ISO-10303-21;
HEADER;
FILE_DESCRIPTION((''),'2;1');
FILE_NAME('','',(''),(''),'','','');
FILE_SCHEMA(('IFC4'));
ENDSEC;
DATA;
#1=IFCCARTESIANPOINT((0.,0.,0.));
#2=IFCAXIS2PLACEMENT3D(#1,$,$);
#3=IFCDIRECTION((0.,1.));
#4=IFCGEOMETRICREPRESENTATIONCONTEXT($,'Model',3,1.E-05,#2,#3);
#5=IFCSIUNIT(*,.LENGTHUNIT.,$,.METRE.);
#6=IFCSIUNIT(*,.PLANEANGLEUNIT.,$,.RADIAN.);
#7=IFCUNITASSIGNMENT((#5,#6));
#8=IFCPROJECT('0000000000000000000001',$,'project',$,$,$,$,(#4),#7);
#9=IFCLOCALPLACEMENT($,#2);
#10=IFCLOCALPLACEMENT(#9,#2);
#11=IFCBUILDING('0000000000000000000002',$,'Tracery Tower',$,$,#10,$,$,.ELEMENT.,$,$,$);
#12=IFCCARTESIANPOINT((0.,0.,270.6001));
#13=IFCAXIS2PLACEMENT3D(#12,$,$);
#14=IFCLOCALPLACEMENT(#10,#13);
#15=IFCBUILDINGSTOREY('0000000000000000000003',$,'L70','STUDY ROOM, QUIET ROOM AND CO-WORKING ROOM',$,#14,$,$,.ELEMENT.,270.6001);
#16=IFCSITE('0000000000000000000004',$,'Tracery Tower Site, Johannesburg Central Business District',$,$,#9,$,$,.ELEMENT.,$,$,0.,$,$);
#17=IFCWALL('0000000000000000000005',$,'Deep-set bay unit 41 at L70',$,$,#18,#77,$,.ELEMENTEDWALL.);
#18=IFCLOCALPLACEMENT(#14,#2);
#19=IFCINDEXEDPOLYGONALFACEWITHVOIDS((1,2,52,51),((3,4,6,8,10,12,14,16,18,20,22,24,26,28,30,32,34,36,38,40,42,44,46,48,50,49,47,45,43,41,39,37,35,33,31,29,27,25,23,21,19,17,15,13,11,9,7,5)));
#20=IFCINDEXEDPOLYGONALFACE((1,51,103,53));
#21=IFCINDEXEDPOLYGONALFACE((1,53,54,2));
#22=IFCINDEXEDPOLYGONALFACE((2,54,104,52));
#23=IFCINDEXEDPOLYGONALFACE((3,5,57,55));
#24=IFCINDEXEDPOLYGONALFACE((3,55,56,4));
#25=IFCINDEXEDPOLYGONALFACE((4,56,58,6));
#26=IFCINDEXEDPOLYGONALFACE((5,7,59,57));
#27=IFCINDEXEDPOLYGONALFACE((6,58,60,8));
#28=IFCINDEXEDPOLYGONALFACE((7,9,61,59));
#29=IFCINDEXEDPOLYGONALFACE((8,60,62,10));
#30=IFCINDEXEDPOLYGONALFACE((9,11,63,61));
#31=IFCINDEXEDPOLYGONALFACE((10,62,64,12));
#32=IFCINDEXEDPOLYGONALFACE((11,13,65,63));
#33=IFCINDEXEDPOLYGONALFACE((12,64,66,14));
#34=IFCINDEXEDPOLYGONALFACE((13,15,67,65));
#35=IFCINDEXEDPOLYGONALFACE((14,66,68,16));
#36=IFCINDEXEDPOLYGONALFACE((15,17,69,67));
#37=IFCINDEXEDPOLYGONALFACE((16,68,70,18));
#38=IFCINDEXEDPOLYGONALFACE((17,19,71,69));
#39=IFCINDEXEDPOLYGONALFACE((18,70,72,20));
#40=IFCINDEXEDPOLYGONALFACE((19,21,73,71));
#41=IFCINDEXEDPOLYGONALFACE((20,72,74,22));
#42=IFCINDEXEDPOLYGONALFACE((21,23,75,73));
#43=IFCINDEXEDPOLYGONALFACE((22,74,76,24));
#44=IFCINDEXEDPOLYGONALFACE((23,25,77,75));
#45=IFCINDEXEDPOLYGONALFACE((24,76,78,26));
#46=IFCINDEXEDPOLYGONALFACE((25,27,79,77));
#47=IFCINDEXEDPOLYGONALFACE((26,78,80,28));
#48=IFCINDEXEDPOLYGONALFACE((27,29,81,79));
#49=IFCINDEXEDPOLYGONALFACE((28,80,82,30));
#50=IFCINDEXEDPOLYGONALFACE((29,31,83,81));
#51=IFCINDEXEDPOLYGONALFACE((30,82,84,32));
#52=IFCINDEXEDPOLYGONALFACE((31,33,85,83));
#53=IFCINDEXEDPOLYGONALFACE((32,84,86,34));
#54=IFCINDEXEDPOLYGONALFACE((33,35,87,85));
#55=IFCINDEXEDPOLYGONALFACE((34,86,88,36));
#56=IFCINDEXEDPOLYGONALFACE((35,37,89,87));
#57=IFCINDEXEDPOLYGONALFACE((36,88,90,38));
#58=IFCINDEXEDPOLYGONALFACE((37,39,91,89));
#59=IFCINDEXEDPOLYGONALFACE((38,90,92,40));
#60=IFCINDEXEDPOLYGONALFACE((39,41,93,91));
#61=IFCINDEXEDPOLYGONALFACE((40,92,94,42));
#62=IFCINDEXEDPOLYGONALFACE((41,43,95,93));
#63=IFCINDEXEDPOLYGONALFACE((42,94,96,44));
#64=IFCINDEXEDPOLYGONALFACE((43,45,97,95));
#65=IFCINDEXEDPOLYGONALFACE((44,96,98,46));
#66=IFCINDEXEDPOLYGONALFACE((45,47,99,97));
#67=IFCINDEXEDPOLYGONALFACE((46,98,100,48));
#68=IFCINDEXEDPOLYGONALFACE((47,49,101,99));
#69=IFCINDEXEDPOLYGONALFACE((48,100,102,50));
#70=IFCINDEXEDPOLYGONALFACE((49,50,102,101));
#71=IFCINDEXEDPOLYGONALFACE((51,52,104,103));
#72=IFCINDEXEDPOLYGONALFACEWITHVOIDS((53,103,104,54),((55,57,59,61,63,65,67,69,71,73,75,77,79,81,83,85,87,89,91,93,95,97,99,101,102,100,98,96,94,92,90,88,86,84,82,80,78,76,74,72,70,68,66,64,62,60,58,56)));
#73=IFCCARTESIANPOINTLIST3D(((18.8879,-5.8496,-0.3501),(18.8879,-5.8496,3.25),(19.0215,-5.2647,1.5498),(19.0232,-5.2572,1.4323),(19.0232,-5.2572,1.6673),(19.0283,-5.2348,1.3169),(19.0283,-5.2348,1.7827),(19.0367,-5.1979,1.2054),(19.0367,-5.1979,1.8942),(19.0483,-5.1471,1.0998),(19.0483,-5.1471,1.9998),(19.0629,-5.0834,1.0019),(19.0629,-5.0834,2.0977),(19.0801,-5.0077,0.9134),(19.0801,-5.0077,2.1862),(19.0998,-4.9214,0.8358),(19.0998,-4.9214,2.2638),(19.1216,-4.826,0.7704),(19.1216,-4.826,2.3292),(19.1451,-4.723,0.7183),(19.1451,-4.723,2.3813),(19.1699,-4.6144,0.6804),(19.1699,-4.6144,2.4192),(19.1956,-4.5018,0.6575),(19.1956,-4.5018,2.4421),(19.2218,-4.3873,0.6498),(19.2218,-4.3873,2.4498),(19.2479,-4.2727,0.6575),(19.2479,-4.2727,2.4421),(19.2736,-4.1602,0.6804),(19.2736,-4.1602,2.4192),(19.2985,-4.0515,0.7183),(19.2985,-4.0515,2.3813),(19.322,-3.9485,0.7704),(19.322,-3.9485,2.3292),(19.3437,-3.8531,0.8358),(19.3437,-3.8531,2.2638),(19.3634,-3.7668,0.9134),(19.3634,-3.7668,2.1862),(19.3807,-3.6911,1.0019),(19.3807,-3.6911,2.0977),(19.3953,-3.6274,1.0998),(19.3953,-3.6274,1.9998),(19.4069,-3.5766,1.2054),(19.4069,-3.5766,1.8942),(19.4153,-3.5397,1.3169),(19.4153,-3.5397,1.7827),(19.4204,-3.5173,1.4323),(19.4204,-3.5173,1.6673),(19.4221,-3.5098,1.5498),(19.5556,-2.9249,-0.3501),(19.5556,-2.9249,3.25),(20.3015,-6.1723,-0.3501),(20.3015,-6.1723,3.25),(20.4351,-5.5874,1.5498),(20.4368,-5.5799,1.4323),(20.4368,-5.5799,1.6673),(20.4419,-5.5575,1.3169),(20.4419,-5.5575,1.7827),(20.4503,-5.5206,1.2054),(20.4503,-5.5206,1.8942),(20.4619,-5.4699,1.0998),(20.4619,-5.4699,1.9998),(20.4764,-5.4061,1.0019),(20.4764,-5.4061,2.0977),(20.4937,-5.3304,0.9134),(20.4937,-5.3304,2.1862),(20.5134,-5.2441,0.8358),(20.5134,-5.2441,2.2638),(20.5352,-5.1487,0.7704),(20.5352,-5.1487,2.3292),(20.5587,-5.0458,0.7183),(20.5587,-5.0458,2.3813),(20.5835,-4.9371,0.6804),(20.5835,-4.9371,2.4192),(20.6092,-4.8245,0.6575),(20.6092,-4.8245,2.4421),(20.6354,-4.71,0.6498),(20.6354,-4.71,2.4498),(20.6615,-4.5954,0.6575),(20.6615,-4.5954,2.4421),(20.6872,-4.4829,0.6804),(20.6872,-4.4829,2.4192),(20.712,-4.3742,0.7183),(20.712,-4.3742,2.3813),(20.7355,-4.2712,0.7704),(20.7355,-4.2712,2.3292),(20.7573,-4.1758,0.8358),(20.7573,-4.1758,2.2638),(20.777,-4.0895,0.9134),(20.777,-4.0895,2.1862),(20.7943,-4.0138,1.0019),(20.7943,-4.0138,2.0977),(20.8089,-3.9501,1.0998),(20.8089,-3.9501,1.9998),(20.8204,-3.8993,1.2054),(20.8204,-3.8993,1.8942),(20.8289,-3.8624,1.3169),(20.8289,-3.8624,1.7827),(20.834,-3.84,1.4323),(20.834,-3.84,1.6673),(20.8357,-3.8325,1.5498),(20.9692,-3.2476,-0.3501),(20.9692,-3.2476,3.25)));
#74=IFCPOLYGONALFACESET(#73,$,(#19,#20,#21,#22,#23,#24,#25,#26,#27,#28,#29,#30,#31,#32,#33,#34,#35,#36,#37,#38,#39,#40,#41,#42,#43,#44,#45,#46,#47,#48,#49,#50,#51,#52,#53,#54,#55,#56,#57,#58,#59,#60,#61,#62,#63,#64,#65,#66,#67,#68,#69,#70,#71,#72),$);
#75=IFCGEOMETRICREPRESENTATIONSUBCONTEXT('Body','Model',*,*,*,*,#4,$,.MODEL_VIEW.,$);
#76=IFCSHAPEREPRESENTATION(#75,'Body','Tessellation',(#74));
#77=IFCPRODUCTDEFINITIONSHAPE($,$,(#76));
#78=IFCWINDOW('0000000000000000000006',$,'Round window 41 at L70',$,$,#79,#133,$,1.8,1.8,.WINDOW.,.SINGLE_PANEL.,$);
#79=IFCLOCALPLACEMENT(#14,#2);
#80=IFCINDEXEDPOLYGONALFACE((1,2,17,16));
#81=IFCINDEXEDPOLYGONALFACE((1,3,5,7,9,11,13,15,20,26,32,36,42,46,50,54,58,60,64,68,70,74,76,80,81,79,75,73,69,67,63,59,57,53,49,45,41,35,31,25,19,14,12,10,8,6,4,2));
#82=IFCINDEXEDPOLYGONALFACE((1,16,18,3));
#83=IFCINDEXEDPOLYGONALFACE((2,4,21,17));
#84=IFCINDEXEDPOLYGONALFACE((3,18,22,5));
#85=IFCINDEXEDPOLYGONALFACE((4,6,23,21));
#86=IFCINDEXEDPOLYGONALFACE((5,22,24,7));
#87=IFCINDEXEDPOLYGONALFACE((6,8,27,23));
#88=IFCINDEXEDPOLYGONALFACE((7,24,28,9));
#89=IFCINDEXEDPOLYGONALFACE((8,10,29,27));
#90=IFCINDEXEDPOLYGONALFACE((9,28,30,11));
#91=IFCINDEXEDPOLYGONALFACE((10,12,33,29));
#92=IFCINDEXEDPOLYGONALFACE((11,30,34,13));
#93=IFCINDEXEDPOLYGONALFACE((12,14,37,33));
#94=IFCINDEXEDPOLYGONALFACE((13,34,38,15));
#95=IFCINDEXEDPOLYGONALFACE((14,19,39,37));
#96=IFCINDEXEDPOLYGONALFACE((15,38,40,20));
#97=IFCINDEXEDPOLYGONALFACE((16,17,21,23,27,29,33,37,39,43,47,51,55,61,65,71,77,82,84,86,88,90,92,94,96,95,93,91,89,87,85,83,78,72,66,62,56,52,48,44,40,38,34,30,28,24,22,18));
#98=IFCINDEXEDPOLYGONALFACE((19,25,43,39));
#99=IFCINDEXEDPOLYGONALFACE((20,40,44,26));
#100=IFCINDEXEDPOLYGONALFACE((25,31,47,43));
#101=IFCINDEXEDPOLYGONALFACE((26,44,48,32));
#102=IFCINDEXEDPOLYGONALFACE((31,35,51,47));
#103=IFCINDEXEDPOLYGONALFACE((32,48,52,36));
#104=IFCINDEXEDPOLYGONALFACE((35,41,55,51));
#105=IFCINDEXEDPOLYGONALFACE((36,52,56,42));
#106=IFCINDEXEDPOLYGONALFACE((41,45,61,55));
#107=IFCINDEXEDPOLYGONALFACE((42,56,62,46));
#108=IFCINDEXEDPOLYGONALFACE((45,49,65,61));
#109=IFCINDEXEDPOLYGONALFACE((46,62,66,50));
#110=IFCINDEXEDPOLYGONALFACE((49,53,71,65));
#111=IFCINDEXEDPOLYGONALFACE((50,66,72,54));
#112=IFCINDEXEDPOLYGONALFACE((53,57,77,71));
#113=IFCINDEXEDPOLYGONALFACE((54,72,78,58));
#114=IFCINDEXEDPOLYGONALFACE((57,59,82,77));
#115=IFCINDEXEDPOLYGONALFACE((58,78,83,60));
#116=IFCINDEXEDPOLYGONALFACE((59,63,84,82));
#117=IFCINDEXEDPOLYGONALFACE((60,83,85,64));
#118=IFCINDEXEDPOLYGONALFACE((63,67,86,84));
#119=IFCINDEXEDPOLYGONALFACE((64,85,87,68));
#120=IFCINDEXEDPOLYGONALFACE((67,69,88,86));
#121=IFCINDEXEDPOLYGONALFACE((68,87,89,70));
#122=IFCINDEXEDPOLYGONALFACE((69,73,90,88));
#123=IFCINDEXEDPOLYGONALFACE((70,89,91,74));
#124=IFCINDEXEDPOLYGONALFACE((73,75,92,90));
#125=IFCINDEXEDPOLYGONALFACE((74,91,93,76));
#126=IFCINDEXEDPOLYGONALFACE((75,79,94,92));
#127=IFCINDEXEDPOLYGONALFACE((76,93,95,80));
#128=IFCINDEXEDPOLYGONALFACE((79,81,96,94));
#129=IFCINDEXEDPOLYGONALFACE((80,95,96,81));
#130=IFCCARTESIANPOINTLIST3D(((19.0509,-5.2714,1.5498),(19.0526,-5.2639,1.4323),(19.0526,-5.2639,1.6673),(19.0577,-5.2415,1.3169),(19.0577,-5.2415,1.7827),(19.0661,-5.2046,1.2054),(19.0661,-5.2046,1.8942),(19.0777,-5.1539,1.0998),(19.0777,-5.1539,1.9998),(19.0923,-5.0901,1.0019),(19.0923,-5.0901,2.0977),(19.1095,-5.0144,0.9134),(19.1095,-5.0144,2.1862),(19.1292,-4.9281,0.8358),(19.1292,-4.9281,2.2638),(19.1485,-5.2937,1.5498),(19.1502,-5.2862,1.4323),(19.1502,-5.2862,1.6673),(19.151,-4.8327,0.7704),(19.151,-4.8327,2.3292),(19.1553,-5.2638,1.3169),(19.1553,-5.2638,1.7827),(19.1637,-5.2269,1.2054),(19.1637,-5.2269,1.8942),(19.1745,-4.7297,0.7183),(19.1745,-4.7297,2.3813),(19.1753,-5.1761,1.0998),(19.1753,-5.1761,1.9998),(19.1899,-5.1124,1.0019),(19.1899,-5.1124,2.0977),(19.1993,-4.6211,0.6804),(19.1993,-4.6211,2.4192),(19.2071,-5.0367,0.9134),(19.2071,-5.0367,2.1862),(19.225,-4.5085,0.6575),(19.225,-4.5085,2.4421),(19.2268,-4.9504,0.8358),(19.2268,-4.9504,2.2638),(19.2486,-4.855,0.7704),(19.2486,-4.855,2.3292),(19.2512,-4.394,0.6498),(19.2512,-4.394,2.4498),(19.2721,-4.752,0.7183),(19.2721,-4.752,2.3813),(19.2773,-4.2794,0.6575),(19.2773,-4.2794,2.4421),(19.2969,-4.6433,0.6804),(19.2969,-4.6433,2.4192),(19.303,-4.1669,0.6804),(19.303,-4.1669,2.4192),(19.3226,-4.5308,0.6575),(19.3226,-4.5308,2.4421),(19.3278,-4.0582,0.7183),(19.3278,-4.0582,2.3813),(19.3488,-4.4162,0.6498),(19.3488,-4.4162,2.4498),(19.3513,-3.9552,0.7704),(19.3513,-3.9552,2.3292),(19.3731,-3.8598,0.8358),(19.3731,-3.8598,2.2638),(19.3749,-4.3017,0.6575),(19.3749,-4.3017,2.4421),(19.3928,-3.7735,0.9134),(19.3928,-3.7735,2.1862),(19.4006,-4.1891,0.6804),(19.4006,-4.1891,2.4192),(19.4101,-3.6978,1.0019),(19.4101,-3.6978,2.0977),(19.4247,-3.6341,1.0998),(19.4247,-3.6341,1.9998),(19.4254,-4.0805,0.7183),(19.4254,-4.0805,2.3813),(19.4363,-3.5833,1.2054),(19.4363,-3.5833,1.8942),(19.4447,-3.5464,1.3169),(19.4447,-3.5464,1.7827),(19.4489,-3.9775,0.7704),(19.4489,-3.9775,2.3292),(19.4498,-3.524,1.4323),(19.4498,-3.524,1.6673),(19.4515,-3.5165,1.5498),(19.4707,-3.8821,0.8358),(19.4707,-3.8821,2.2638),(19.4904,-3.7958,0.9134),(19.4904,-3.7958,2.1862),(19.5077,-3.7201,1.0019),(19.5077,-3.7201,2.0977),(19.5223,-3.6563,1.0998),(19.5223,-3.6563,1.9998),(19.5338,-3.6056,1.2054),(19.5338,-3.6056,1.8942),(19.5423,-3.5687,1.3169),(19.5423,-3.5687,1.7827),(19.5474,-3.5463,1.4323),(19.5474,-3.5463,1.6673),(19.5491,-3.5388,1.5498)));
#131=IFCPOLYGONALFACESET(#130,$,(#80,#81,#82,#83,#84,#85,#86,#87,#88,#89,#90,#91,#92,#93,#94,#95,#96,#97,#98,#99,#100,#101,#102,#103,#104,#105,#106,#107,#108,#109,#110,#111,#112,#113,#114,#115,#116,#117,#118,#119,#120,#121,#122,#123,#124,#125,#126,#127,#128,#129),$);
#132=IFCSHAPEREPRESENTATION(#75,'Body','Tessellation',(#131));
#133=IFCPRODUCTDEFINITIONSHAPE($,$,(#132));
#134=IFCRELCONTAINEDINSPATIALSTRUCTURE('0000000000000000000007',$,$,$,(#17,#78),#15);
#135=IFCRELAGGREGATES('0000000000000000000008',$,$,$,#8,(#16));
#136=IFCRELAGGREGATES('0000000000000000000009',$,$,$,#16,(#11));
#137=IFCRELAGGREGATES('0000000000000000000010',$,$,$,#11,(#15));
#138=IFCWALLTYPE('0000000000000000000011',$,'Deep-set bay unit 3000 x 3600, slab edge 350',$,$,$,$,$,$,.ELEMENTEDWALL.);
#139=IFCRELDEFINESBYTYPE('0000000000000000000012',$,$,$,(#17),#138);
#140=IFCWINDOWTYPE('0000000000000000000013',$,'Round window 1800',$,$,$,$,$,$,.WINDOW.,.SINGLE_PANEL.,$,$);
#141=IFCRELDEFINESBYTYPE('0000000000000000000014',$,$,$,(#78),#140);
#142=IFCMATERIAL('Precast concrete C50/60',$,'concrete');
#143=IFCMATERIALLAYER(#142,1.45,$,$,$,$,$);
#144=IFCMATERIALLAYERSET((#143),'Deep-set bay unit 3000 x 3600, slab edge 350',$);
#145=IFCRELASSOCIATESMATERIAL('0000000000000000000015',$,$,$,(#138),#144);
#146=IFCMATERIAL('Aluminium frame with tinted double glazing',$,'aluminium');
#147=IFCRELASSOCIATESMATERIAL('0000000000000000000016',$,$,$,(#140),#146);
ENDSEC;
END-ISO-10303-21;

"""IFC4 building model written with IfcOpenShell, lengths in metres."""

from ifc_helpers import new_model, si_unit, direction, frame, frame_2d, origin, origin_2d, place, context, subcontext, project, spatial, rectangle, circle, extrude, material, layer, layer_set, type_object, element, fill, save


model = new_model("IFC4")

# Units and contexts
model_context = context("Model", 3, precision=1e-05, world=origin(), true_north=direction((0.0, 1.0)))
body_context = subcontext(model_context, "Body", "Model", "MODEL_VIEW")
ifc_project = project(units=[si_unit("LENGTHUNIT", "METRE"), si_unit("PLANEANGLEUNIT", "RADIAN")], contexts=[model_context])

# Site, building, storey
site_placement = place(None, origin())
site = spatial("IfcSite", under=ifc_project, at=site_placement, Name="Tracery Tower Site, Johannesburg Central Business District", CompositionType="ELEMENT", RefElevation=0.0)
building_placement = place(site_placement, origin())
building = spatial("IfcBuilding", under=site, at=building_placement, Name="Tracery Tower", CompositionType="ELEMENT")
storey_placement = place(building_placement, frame((0.0, 0.0, 270.6001)))
storey = spatial("IfcBuildingStorey", under=building, at=storey_placement, Name="L70", Description="STUDY ROOM, QUIET ROOM AND CO-WORKING ROOM", CompositionType="ELEMENT", Elevation=270.6001)

# Wall, opening, window
ifc_material_1 = material(Name="Precast concrete C50/60", Category="concrete")
ifc_layer_1 = layer(ifc_material_1, 1.45)
ifc_layer_set_1 = layer_set([ifc_layer_1], Name="Deep-set bay unit 3000 x 3600, slab edge 350")
wall_type_1 = type_object("IfcWallType", Name="Deep-set bay unit 3000 x 3600, slab edge 350", PredefinedType="ELEMENTEDWALL", material=ifc_layer_set_1)
wall_1_placement = place(storey_placement, frame((19.5947, -6.011, -0.3501), z_axis=(0.0, 0.0, 1.0), x_axis=(0.222571, 0.974917, 0.0)))
wall_1 = element("IfcWall", 1, at=wall_1_placement, inside=storey, type_object=wall_type_1, Name="Deep-set bay unit 41 at L70", PredefinedType="ELEMENTEDWALL", context=body_context, shape_type="SweptSolid", body=[
    extrude(rectangle(XDim=3.0, YDim=1.45, at=frame_2d((1.5, 0.0))), origin(), (0.0, 0.0, 1.0), 3.6001),
])
opening_1_placement = place(wall_1_placement, frame((1.5, 0.0, 1.8999)))
opening_1 = element("IfcOpeningElement", 2, at=opening_1_placement, cuts=wall_1, PredefinedType="OPENING", context=body_context, shape_type="SweptSolid", body=[
    extrude(circle(Radius=0.9, at=origin_2d()), frame((0.0, 0.7349, 0.0), z_axis=(0.0, -1.0, 0.0), x_axis=(1.0, 0.0, 0.0)), (0.0, 0.0, 1.0), 1.47),
])
ifc_material_2 = material(Name="Aluminium frame with tinted double glazing", Category="aluminium")
window_type = type_object("IfcWindowType", Name="Round window 1800", PartitioningType="SINGLE_PANEL", PredefinedType="WINDOW", material=ifc_material_2)
window_1_placement = place(opening_1_placement, origin())
window_1 = element("IfcWindow", 3, at=window_1_placement, inside=storey, type_object=window_type, Name="Round window 41 at L70", OverallHeight=1.8, OverallWidth=1.8, PartitioningType="SINGLE_PANEL", PredefinedType="WINDOW", context=body_context, shape_type="SweptSolid", body=[
    extrude(circle(Radius=0.9, at=origin_2d()), frame((0.0, 0.6948, 0.0), z_axis=(0.0, -1.0, 0.0), x_axis=(1.0, 0.0, 0.0)), (0.0, 0.0, 1.0), 0.1001),
])
fill(opening_1, window_1)

save(model, "model.ifc")
